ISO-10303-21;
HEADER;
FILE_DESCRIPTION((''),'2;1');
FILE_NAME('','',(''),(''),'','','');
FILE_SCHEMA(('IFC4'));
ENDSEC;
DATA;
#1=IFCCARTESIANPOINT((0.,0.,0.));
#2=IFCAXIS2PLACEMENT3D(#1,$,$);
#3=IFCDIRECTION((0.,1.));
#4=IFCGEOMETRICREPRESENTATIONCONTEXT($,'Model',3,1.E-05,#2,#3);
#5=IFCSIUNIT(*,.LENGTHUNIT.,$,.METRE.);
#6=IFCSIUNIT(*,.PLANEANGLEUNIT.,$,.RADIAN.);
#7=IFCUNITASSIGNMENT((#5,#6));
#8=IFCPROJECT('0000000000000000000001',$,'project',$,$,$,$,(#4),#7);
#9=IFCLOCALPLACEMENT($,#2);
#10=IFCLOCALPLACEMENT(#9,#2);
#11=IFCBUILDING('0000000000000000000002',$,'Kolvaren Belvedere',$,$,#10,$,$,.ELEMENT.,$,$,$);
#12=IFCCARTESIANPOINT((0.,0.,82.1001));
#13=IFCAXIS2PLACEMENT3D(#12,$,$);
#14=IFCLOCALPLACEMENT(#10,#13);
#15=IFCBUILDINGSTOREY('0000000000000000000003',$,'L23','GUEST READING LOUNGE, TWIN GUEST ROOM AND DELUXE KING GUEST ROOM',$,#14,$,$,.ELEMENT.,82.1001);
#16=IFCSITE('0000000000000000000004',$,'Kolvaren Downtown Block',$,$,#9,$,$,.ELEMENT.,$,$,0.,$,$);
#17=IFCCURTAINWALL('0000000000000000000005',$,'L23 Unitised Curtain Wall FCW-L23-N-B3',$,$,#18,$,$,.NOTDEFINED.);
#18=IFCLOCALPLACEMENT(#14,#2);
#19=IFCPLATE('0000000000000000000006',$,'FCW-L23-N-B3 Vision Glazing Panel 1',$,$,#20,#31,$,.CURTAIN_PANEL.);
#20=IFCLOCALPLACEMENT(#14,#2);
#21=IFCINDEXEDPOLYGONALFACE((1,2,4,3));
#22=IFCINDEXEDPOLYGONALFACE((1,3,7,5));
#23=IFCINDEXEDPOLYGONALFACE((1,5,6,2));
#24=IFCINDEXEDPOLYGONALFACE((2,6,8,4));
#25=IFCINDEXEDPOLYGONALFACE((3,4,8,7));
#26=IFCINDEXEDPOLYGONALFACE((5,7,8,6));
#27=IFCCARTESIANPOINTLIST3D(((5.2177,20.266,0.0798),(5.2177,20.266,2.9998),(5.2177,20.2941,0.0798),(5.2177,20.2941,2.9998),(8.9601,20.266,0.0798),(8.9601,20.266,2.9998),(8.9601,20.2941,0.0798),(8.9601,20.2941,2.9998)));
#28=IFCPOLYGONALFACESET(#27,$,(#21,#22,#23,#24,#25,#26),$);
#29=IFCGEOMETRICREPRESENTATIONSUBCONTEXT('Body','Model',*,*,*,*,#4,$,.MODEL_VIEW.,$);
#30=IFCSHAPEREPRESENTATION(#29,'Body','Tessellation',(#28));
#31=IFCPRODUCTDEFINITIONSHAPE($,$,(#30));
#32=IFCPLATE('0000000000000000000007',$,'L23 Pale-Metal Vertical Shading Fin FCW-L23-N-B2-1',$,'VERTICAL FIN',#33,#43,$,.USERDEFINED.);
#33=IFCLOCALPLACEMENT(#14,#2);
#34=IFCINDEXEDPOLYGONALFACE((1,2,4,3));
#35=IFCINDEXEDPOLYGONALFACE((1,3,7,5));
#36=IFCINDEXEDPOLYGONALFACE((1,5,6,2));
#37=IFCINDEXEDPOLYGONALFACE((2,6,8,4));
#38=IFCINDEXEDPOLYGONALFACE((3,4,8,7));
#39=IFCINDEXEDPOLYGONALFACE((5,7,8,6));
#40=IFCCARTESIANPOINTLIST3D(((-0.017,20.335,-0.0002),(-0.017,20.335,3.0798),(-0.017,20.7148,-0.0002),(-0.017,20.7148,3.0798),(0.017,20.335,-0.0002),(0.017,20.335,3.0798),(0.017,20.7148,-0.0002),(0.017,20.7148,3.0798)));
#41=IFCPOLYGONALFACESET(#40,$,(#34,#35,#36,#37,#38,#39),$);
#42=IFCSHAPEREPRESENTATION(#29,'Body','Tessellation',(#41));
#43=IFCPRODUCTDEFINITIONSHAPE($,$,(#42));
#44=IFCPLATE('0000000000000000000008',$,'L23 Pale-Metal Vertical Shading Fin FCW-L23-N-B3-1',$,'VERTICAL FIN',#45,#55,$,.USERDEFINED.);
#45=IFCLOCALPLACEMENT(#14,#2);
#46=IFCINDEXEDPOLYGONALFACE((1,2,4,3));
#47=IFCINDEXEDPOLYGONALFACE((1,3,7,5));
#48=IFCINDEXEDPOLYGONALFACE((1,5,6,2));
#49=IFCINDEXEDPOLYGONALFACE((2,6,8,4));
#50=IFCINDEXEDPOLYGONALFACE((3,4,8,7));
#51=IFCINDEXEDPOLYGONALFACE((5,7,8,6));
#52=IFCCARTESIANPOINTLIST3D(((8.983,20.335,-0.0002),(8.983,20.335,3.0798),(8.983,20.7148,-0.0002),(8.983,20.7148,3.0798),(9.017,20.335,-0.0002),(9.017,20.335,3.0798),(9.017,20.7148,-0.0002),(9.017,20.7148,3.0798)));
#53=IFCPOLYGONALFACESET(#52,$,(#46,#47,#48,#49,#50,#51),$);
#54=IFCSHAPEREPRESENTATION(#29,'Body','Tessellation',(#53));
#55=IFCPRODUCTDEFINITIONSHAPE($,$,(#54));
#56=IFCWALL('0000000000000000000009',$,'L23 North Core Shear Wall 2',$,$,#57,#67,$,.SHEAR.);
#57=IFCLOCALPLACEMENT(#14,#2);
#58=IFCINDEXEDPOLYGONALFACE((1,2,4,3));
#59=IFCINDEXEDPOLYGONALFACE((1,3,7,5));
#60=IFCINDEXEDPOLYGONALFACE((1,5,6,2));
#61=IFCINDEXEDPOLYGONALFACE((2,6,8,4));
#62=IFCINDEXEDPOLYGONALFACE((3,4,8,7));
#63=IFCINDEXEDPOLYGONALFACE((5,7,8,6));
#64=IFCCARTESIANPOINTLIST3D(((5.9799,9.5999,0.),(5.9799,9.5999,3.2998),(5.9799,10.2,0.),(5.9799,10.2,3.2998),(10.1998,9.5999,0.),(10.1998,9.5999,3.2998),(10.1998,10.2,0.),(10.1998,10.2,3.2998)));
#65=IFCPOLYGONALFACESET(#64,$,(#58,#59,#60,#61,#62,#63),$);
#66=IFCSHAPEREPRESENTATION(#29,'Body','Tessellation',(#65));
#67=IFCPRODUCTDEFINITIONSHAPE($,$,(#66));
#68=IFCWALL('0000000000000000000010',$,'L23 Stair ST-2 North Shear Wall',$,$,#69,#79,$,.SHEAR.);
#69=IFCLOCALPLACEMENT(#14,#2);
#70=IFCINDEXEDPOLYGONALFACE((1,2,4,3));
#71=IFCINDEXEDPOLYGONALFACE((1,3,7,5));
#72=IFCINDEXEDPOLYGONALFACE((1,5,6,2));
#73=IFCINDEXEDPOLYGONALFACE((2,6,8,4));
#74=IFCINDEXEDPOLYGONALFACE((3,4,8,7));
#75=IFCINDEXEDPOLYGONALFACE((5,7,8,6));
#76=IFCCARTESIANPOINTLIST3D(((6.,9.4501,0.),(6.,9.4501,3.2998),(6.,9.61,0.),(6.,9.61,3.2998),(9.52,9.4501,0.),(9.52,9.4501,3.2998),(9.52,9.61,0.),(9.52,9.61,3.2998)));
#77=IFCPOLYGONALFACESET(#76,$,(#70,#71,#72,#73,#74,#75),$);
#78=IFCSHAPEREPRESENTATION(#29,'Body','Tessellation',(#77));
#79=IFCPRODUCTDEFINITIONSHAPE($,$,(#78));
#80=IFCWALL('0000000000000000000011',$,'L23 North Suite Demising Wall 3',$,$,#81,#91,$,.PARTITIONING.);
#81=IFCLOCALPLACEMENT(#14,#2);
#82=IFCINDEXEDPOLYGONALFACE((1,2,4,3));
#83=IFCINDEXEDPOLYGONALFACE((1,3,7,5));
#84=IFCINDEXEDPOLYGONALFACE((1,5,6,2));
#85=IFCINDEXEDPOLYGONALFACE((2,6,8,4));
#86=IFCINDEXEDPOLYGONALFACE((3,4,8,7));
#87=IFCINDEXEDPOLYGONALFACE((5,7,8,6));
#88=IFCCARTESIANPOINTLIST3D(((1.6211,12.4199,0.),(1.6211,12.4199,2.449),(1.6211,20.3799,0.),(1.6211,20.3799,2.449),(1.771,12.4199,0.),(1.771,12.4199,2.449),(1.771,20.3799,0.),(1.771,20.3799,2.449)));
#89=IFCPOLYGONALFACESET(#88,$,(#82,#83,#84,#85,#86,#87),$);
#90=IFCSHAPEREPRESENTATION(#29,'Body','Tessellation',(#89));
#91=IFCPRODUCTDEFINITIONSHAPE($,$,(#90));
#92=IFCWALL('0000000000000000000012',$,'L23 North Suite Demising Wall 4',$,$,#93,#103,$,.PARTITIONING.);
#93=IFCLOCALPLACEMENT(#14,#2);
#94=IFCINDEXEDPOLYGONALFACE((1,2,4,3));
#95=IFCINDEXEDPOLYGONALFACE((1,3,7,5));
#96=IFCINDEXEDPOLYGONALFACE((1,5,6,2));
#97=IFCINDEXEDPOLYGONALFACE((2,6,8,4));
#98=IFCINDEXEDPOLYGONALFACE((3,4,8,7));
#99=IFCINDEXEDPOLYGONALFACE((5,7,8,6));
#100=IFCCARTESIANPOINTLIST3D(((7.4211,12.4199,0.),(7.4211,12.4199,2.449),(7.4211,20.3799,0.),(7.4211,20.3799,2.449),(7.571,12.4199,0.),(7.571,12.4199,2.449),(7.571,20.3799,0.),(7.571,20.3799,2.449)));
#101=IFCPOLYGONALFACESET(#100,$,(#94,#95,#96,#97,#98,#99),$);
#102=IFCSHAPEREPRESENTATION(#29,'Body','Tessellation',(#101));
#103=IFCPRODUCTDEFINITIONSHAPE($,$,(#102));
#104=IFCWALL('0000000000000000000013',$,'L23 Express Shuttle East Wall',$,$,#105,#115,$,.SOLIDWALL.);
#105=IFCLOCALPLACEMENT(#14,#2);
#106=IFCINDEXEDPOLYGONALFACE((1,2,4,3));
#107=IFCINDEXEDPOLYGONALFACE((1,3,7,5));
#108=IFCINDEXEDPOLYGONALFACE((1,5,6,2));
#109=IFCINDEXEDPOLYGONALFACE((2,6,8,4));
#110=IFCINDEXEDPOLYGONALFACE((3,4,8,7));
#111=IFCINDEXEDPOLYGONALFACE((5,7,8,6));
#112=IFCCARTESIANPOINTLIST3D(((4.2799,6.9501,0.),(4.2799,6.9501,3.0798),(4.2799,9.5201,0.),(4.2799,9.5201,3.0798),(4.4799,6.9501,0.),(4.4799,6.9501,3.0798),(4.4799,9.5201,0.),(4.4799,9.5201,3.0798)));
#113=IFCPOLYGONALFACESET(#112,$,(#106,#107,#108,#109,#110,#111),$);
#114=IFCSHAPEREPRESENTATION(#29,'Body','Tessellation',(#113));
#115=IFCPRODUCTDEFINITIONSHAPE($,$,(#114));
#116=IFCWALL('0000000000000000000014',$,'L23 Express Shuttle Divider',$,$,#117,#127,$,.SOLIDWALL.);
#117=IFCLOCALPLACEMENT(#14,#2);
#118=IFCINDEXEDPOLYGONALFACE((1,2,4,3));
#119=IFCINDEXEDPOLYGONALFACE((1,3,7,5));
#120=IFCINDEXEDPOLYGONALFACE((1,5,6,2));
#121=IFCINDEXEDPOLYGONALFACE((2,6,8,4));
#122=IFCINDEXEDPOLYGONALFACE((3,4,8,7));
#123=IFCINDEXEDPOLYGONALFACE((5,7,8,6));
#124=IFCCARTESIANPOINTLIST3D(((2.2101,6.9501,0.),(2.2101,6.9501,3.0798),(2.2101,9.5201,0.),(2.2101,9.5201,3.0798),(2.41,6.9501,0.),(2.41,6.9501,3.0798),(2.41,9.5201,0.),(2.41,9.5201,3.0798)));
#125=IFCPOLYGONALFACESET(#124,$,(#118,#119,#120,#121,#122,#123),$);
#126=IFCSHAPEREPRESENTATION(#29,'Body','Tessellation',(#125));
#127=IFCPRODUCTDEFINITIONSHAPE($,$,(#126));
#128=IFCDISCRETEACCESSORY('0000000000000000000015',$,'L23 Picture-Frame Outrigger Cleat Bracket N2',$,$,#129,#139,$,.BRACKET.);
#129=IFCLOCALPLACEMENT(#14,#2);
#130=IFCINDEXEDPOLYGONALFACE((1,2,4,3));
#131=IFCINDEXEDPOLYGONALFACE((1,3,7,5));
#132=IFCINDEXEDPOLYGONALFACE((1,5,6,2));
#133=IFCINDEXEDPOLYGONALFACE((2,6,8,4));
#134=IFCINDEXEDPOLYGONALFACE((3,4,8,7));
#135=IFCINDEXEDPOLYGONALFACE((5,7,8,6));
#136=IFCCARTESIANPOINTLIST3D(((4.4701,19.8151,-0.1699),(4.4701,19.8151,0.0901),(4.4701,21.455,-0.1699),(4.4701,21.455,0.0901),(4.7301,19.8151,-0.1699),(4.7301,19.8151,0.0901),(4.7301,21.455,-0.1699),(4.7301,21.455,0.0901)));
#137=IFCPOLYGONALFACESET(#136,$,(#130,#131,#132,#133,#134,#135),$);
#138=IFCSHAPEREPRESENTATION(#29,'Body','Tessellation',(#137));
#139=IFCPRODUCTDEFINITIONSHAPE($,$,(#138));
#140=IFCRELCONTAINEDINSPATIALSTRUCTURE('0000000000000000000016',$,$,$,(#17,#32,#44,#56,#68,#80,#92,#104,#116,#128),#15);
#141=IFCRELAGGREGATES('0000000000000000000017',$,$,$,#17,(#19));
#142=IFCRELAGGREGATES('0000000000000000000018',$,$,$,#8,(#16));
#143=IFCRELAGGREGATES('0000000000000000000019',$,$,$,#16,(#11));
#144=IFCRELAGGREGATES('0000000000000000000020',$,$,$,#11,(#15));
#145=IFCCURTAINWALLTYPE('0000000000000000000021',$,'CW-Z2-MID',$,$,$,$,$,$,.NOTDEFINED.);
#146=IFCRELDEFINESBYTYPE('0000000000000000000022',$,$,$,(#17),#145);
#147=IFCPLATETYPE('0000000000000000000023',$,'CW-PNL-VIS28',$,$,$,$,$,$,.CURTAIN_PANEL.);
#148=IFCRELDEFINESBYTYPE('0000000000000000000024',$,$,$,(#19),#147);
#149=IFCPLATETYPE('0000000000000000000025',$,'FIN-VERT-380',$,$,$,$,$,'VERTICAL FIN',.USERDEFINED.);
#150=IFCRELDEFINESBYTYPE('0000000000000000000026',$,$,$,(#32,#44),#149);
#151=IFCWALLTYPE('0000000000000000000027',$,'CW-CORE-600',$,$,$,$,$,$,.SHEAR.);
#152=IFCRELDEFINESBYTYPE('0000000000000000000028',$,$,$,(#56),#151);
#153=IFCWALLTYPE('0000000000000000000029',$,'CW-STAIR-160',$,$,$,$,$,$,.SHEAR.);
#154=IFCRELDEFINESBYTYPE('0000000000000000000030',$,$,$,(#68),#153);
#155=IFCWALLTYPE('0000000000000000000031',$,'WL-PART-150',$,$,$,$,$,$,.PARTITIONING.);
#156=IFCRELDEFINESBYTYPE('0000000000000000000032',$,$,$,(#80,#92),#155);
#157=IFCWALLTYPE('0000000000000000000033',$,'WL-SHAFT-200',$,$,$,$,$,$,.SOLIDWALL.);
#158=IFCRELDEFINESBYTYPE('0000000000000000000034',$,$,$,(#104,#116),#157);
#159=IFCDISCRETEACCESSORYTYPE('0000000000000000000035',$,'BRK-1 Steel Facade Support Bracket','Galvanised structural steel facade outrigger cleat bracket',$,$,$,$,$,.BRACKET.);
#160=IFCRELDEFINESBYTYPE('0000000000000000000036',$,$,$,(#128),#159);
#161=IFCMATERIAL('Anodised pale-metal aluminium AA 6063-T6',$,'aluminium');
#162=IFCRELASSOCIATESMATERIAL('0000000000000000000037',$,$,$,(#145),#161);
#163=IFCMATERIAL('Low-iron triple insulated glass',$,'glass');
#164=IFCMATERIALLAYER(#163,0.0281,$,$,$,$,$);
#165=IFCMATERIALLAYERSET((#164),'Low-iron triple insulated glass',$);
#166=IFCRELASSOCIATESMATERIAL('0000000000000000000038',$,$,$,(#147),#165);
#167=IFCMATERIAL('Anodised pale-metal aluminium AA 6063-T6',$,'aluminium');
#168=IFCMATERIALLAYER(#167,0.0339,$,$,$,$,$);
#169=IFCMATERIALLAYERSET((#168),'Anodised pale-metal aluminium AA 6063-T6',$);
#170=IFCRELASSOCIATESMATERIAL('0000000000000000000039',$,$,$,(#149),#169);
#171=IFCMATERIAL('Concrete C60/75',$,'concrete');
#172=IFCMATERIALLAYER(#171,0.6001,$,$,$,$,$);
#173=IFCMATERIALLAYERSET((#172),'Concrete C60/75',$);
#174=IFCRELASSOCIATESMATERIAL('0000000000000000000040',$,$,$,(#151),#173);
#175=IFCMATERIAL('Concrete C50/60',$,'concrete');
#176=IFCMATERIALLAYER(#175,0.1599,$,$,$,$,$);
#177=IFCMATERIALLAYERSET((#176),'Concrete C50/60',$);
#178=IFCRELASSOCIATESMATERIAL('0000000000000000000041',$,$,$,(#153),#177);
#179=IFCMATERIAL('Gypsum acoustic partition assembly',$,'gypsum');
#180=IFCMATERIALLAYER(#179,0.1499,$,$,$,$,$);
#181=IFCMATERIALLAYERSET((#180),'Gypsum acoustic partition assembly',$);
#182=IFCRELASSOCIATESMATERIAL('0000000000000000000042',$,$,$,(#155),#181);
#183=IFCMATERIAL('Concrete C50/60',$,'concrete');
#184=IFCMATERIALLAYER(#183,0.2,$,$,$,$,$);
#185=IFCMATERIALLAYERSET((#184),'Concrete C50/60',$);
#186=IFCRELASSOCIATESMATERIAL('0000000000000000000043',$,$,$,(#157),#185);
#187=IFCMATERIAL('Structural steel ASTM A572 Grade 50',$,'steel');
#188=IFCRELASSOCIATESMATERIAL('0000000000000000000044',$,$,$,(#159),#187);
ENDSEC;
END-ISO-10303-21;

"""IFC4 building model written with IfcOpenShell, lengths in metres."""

from ifc_helpers import new_model, si_unit, direction, frame, frame_2d, origin, origin_2d, place, context, subcontext, project, spatial, rectangle, extrude, material, layer, layer_set, type_object, element, aggregate, save


model = new_model("IFC4")

# Units and contexts
model_context = context("Model", 3, precision=1e-05, world=origin(), true_north=direction((0.0, 1.0)))
body_context = subcontext(model_context, "Body", "Model", "MODEL_VIEW")
ifc_project = project(units=[si_unit("LENGTHUNIT", "METRE"), si_unit("PLANEANGLEUNIT", "RADIAN")], contexts=[model_context])

# Site, building, storey
site_placement = place(None, origin())
site = spatial("IfcSite", under=ifc_project, at=site_placement, Name="Kolvaren Downtown Block", CompositionType="ELEMENT", RefElevation=0.0)
building_placement = place(site_placement, origin())
building = spatial("IfcBuilding", under=site, at=building_placement, Name="Kolvaren Belvedere", CompositionType="ELEMENT")
storey_placement = place(building_placement, frame((0.0, 0.0, 82.1001)))
storey = spatial("IfcBuildingStorey", under=building, at=storey_placement, Name="L23", Description="GUEST READING LOUNGE, TWIN GUEST ROOM AND DELUXE KING GUEST ROOM", CompositionType="ELEMENT", Elevation=82.1001)

# Curtain wall
ifc_material_1 = material(Name="Anodised pale-metal aluminium AA 6063-T6", Category="aluminium")
curtain_wall_type = type_object("IfcCurtainWallType", Name="CW-Z2-MID", PredefinedType="NOTDEFINED", material=ifc_material_1)
curtain_wall_1_placement = place(storey_placement, origin())
curtain_wall_1 = element("IfcCurtainWall", 1, at=curtain_wall_1_placement, inside=storey, type_object=curtain_wall_type, Name="L23 Unitised Curtain Wall FCW-L23-N-B3", PredefinedType="NOTDEFINED")

# Plate
ifc_material_2 = material(Name="Low-iron triple insulated glass", Category="glass")
ifc_layer_1 = layer(ifc_material_2, 0.0281)
ifc_layer_set_1 = layer_set([ifc_layer_1], Name="Low-iron triple insulated glass")
plate_type_1 = type_object("IfcPlateType", Name="CW-PNL-VIS28", PredefinedType="CURTAIN_PANEL", material=ifc_layer_set_1)
plate_1_placement = place(storey_placement, frame((7.0889, 20.28, 0.0798), z_axis=(0.0, 0.0, 1.0), x_axis=(1.0, 0.0, 0.0)))
plate_1 = element("IfcPlate", 2, at=plate_1_placement, type_object=plate_type_1, Name="FCW-L23-N-B3 Vision Glazing Panel 1", PredefinedType="CURTAIN_PANEL", context=body_context, shape_type="SweptSolid", body=[
    extrude(rectangle(XDim=3.7424, YDim=0.0281, at=origin_2d()), origin(), (0.0, 0.0, 1.0), 2.9199),
])
aggregate(curtain_wall_1, [plate_1])

# Plates
ifc_material_3 = material(Name="Anodised pale-metal aluminium AA 6063-T6", Category="aluminium")
ifc_layer_2 = layer(ifc_material_3, 0.0339)
ifc_layer_set_2 = layer_set([ifc_layer_2], Name="Anodised pale-metal aluminium AA 6063-T6")
plate_type_2 = type_object("IfcPlateType", Name="FIN-VERT-380", ElementType="VERTICAL FIN", PredefinedType="USERDEFINED", material=ifc_layer_set_2)
for number, where, z_axis, x_axis, name in (
    (3, (0.0, 20.5249, -0.0002), (0.0, 0.0, 1.0), (0.0, 1.0, 0.0), "L23 Pale-Metal Vertical Shading Fin FCW-L23-N-B2-1"),
    (4, (9.0, 20.5249, -0.0002), (0.0, 0.0, 1.0), (0.0, 1.0, 0.0), "L23 Pale-Metal Vertical Shading Fin FCW-L23-N-B3-1"),
):
    element("IfcPlate", number, at=place(storey_placement, frame(where, z_axis=z_axis, x_axis=x_axis)), inside=storey, type_object=plate_type_2, Name=name, ObjectType="VERTICAL FIN", PredefinedType="USERDEFINED", context=body_context, shape_type="SweptSolid", body=[
        extrude(rectangle(XDim=0.3799, YDim=0.0339, at=origin_2d()), origin(), (0.0, 0.0, 1.0), 3.0801),
    ])

# Walls
ifc_material_4 = material(Name="Concrete C60/75", Category="concrete")
ifc_layer_3 = layer(ifc_material_4, 0.6001)
ifc_layer_set_3 = layer_set([ifc_layer_3], Name="Concrete C60/75")
wall_type_1 = type_object("IfcWallType", Name="CW-CORE-600", PredefinedType="SHEAR", material=ifc_layer_set_3)
wall_1_placement = place(storey_placement, frame((5.98, 9.8999, 0.0), z_axis=(0.0, 0.0, 1.0), x_axis=(1.0, 0.0, 0.0)))
element("IfcWall", 5, at=wall_1_placement, inside=storey, type_object=wall_type_1, Name="L23 North Core Shear Wall 2", PredefinedType="SHEAR", context=body_context, shape_type="SweptSolid", body=[
    extrude(rectangle(XDim=4.22, YDim=0.6001, at=frame_2d((2.1099, 0.0))), origin(), (0.0, 0.0, 1.0), 3.2998),
])
ifc_material_5 = material(Name="Concrete C50/60", Category="concrete")
ifc_layer_4 = layer(ifc_material_5, 0.1599)
ifc_layer_set_4 = layer_set([ifc_layer_4], Name="Concrete C50/60")
wall_type_2 = type_object("IfcWallType", Name="CW-STAIR-160", PredefinedType="SHEAR", material=ifc_layer_set_4)
wall_2_placement = place(storey_placement, frame((6.0, 9.53, 0.0), z_axis=(0.0, 0.0, 1.0), x_axis=(1.0, 0.0, 0.0)))
element("IfcWall", 6, at=wall_2_placement, inside=storey, type_object=wall_type_2, Name="L23 Stair ST-2 North Shear Wall", PredefinedType="SHEAR", context=body_context, shape_type="SweptSolid", body=[
    extrude(rectangle(XDim=3.52, YDim=0.1599, at=frame_2d((1.76, 0.0))), origin(), (0.0, 0.0, 1.0), 3.2998),
])
ifc_material_6 = material(Name="Gypsum acoustic partition assembly", Category="gypsum")
ifc_layer_5 = layer(ifc_material_6, 0.1499)
ifc_layer_set_5 = layer_set([ifc_layer_5], Name="Gypsum acoustic partition assembly")
wall_type_3 = type_object("IfcWallType", Name="WL-PART-150", PredefinedType="PARTITIONING", material=ifc_layer_set_5)
for number, where, z_axis, x_axis, name in (
    (7, (1.696, 12.4199, 0.0), (0.0, 0.0, 1.0), (0.0, 1.0, 0.0), "L23 North Suite Demising Wall 3"),
    (8, (7.4961, 12.4199, 0.0), (0.0, 0.0, 1.0), (0.0, 1.0, 0.0), "L23 North Suite Demising Wall 4"),
):
    element("IfcWall", number, at=place(storey_placement, frame(where, z_axis=z_axis, x_axis=x_axis)), inside=storey, type_object=wall_type_3, Name=name, PredefinedType="PARTITIONING", context=body_context, shape_type="SweptSolid", body=[
        extrude(rectangle(XDim=7.96, YDim=0.1499, at=frame_2d((3.98, 0.0))), origin(), (0.0, 0.0, 1.0), 2.449),
    ])
ifc_material_7 = material(Name="Concrete C50/60", Category="concrete")
ifc_layer_6 = layer(ifc_material_7, 0.2)
ifc_layer_set_6 = layer_set([ifc_layer_6], Name="Concrete C50/60")
wall_type_4 = type_object("IfcWallType", Name="WL-SHAFT-200", PredefinedType="SOLIDWALL", material=ifc_layer_set_6)
for number, where, z_axis, x_axis, name in (
    (9, (4.3799, 6.95, 0.0), (0.0, 0.0, 1.0), (0.0, 1.0, 0.0), "L23 Express Shuttle East Wall"),
    (10, (2.3101, 6.95, 0.0), (0.0, 0.0, 1.0), (0.0, 1.0, 0.0), "L23 Express Shuttle Divider"),
):
    element("IfcWall", number, at=place(storey_placement, frame(where, z_axis=z_axis, x_axis=x_axis)), inside=storey, type_object=wall_type_4, Name=name, PredefinedType="SOLIDWALL", context=body_context, shape_type="SweptSolid", body=[
        extrude(rectangle(XDim=2.5701, YDim=0.2, at=frame_2d((1.2852, 0.0))), origin(), (0.0, 0.0, 1.0), 3.0798),
    ])

# Discrete accessory
ifc_material_8 = material(Name="Structural steel ASTM A572 Grade 50", Category="steel")
discrete_accessory_type = type_object("IfcDiscreteAccessoryType", Name="BRK-1 Steel Facade Support Bracket", Description="Galvanised structural steel facade outrigger cleat bracket", PredefinedType="BRACKET", material=ifc_material_8)
discrete_accessory_placement = place(storey_placement, frame((4.6001, 20.635, -0.1699), z_axis=(0.0, 0.0, 1.0), x_axis=(0.0, 1.0, 0.0)))
element("IfcDiscreteAccessory", 11, at=discrete_accessory_placement, inside=storey, type_object=discrete_accessory_type, Name="L23 Picture-Frame Outrigger Cleat Bracket N2", PredefinedType="BRACKET", context=body_context, shape_type="SweptSolid", body=[
    extrude(rectangle(XDim=1.6399, YDim=0.26, at=origin_2d()), origin(), (0.0, 0.0, 1.0), 0.26),
])

save(model, "model.ifc")
